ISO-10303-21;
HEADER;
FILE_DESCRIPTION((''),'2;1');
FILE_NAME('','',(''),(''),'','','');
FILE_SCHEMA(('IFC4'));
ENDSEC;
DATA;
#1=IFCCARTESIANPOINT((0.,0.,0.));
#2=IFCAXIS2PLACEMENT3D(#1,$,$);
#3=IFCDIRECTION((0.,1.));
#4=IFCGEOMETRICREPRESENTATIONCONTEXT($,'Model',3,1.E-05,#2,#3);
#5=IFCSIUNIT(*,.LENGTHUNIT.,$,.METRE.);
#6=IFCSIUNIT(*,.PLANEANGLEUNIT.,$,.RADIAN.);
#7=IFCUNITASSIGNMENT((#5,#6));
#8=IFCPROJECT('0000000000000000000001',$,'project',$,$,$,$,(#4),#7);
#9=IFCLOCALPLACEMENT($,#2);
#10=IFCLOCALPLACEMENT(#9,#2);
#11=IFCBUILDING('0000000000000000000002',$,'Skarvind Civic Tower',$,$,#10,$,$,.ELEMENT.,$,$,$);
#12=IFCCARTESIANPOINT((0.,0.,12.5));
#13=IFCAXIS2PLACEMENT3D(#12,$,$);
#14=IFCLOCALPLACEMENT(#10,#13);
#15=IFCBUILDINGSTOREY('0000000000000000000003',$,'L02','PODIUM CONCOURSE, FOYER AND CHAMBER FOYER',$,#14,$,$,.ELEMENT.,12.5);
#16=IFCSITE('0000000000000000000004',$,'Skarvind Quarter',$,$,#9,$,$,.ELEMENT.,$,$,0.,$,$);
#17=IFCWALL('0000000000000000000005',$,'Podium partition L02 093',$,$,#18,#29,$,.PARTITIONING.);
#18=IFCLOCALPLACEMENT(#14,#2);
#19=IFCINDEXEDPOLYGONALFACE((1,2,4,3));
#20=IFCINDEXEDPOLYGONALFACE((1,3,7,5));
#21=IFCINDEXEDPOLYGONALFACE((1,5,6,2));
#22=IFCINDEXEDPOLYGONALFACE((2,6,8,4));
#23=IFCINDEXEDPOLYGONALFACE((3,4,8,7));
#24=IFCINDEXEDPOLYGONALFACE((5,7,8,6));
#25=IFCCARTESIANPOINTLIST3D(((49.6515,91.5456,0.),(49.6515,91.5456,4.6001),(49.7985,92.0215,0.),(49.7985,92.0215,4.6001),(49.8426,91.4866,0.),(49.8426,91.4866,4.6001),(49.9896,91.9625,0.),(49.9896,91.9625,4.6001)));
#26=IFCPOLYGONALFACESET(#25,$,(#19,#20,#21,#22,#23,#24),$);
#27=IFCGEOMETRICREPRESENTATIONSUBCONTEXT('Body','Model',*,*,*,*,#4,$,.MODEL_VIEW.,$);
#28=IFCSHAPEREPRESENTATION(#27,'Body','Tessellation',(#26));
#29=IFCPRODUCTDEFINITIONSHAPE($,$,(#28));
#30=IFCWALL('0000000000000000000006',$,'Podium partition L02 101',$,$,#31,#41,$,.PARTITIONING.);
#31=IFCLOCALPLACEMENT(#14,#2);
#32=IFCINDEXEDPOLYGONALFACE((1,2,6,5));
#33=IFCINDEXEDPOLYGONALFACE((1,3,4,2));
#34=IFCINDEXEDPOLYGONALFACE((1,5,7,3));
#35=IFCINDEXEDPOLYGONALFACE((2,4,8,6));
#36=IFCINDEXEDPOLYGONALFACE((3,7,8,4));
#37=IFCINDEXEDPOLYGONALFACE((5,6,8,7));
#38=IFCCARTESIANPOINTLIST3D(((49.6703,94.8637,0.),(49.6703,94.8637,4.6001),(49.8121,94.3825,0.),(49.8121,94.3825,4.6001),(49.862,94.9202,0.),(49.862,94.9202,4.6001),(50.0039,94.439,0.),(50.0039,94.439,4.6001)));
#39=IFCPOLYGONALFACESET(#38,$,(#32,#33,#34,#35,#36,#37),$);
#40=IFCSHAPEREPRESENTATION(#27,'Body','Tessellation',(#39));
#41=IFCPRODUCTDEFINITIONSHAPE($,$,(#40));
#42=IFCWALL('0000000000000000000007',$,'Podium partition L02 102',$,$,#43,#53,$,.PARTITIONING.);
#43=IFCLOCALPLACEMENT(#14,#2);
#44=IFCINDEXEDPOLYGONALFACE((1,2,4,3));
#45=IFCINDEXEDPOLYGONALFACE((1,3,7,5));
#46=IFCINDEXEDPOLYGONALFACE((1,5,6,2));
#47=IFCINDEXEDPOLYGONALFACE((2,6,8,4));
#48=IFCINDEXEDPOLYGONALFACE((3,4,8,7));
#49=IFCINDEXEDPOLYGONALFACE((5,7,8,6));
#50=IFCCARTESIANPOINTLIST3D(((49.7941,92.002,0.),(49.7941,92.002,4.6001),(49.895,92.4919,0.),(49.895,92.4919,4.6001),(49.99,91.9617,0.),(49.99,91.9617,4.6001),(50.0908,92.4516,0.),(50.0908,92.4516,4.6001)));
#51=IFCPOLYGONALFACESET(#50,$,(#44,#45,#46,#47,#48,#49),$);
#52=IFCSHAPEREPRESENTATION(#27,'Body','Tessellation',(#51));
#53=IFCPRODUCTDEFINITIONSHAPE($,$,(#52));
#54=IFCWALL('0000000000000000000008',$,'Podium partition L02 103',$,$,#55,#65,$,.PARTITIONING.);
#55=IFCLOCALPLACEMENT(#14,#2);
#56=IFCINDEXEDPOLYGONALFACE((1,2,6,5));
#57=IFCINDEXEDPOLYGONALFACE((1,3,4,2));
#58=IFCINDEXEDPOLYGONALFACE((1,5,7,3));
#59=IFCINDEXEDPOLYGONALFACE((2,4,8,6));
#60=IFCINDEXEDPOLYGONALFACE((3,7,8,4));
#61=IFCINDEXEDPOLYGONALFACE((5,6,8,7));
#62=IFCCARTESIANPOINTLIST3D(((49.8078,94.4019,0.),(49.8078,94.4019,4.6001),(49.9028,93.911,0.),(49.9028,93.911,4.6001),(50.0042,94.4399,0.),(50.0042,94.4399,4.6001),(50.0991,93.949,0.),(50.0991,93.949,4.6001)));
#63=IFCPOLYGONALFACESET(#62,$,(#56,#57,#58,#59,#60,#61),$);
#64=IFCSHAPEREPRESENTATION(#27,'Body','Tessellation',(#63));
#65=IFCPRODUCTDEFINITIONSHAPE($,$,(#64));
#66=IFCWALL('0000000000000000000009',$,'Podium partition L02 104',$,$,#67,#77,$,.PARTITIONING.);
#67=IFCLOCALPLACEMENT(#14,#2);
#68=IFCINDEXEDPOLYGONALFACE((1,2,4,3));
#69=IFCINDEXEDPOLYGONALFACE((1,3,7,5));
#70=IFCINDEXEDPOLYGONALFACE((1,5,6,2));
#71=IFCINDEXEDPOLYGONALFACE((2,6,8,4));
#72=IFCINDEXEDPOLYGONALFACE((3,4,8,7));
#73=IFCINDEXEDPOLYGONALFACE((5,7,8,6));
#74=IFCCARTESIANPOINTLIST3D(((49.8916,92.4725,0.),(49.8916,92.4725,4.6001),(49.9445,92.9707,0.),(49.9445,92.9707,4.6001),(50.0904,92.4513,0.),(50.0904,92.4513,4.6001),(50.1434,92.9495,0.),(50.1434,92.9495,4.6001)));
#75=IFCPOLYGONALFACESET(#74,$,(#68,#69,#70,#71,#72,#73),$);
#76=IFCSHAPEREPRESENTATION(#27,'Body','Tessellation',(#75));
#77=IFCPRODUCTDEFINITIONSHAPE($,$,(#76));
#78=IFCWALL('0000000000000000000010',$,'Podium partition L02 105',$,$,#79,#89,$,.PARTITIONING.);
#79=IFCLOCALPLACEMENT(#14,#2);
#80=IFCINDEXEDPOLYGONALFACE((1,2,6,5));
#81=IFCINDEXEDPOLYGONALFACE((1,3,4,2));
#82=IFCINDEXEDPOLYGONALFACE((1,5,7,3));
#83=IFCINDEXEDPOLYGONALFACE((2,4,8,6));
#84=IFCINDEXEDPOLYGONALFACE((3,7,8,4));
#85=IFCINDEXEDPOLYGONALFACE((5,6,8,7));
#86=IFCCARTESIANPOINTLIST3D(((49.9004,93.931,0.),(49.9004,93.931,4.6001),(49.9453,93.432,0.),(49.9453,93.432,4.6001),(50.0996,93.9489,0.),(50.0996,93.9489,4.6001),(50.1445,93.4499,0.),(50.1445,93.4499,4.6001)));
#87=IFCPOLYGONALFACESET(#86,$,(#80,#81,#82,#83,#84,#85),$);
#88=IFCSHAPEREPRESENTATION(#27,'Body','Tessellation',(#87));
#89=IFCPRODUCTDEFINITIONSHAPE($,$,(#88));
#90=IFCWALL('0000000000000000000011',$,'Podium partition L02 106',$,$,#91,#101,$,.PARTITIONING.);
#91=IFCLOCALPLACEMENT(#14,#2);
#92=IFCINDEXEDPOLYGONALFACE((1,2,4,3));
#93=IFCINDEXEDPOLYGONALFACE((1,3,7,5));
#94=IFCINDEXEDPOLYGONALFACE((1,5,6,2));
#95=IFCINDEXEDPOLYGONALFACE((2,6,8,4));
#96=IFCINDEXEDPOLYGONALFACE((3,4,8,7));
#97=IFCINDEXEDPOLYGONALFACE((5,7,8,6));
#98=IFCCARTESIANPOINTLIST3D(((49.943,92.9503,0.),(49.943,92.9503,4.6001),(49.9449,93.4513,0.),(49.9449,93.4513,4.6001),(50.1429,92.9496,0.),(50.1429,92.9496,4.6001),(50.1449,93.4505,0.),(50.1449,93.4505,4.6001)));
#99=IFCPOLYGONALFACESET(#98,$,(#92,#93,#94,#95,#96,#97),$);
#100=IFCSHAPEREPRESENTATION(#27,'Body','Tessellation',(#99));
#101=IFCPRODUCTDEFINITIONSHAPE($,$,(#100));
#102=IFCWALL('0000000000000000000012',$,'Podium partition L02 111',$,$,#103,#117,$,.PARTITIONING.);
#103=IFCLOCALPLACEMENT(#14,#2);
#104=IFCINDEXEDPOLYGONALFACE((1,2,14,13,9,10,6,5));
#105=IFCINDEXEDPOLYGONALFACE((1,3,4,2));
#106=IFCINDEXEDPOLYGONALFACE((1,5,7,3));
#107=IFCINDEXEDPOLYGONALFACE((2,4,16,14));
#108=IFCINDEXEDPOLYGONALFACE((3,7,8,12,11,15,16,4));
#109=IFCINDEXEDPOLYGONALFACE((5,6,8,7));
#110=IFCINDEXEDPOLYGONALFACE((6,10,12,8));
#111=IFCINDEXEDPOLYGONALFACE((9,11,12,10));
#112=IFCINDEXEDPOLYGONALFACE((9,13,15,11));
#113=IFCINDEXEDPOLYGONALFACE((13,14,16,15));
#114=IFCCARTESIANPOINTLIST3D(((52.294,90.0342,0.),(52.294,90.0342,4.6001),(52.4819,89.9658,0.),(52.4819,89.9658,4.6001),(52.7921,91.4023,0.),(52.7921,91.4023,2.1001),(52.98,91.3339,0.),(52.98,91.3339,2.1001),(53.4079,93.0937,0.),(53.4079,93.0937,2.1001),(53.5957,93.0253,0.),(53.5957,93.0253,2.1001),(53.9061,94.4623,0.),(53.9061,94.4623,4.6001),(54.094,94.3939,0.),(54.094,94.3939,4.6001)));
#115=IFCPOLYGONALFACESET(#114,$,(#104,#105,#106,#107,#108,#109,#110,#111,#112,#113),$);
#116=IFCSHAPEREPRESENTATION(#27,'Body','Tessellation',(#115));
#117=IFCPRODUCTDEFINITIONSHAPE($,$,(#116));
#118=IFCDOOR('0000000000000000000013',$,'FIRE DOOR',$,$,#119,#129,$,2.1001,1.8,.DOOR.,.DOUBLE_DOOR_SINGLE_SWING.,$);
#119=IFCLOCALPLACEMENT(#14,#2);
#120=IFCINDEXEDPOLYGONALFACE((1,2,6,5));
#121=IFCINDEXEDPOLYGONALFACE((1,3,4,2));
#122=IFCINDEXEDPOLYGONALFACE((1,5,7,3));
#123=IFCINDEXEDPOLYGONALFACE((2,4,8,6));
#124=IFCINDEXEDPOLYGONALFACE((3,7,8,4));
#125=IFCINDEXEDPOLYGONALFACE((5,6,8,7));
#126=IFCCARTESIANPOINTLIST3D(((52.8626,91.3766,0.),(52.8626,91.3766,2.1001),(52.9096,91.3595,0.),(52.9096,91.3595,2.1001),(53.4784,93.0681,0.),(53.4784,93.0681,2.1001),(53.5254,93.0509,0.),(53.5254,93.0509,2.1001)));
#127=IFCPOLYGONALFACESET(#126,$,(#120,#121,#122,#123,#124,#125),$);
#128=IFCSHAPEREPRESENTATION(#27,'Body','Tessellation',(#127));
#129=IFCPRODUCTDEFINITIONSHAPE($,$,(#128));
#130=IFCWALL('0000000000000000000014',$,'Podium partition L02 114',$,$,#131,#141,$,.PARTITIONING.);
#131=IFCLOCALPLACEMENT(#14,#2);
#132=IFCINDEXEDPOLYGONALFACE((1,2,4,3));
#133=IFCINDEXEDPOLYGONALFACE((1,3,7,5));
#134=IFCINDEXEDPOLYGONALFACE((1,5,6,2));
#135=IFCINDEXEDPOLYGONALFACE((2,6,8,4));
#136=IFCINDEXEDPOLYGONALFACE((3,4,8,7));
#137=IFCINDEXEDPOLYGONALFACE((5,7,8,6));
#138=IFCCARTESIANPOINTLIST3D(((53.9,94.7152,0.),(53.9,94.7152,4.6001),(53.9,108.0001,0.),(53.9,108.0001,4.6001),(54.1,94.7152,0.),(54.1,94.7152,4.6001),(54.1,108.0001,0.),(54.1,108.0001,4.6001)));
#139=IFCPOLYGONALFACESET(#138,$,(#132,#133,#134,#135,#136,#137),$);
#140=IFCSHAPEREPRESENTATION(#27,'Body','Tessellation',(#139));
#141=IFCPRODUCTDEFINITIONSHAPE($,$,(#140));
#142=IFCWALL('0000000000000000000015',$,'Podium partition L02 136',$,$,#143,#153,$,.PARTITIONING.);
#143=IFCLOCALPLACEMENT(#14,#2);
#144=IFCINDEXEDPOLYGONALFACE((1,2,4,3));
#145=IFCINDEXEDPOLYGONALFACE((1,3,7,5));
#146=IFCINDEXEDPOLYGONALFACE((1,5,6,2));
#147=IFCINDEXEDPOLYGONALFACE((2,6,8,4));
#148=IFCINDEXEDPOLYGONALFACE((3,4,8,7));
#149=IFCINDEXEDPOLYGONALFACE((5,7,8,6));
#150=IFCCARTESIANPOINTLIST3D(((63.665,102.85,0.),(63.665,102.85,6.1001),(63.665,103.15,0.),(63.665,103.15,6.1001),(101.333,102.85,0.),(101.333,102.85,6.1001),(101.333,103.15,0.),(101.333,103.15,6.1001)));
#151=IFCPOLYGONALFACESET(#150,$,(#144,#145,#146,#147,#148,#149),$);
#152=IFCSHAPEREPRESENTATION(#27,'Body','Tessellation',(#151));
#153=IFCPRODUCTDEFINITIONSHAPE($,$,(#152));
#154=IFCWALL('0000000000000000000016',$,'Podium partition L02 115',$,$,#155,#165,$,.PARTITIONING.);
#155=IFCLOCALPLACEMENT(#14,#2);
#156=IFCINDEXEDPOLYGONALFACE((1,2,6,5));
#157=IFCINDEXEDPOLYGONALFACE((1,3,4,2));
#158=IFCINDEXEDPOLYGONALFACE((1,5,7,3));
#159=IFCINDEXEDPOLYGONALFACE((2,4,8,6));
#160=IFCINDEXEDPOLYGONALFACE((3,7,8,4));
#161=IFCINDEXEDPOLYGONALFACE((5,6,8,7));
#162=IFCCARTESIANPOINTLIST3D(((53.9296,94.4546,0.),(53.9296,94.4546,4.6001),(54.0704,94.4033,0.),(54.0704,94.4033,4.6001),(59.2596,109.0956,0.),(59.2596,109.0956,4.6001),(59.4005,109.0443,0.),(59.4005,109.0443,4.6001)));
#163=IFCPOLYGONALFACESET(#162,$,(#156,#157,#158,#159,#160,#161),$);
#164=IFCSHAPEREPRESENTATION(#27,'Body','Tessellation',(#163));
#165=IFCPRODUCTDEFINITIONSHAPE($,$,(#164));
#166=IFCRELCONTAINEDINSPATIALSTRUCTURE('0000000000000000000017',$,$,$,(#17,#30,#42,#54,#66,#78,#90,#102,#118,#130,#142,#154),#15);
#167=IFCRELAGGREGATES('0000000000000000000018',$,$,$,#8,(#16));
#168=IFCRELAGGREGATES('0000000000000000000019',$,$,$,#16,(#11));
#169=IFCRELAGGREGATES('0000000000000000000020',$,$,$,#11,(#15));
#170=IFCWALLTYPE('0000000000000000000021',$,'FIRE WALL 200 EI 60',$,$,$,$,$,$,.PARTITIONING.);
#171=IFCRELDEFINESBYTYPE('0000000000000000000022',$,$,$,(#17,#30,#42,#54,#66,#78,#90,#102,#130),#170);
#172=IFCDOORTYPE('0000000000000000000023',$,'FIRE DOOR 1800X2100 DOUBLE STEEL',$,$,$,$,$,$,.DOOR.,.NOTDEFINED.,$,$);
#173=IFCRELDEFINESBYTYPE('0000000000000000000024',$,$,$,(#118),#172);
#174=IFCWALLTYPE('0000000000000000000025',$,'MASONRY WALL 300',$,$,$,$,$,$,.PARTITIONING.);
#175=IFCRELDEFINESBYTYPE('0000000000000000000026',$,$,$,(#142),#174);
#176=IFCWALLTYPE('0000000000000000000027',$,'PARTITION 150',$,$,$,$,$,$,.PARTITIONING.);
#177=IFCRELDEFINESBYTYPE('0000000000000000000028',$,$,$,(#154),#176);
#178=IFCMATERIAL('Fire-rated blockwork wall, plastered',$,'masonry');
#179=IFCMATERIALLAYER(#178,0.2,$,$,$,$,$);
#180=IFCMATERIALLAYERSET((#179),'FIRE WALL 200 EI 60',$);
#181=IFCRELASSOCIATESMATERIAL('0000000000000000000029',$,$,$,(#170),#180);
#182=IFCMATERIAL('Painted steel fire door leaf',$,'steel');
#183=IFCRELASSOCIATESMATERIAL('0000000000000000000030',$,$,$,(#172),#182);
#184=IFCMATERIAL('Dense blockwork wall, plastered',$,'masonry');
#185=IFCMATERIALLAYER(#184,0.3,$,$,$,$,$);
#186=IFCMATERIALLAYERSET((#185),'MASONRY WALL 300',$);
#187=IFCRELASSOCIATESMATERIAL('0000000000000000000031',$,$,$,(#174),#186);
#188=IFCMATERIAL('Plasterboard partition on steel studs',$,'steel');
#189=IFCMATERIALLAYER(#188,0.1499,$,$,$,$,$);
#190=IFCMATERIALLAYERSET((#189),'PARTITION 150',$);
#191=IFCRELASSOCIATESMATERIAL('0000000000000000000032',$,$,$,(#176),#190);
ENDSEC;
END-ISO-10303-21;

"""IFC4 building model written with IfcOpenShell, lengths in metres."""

from ifc_helpers import new_model, si_unit, direction, frame, frame_2d, origin, place, context, subcontext, project, spatial, rectangle, extrude, material, layer, layer_set, type_object, element, fill, save


model = new_model("IFC4")

# Units and contexts
model_context = context("Model", 3, precision=1e-05, world=origin(), true_north=direction((0.0, 1.0)))
body_context = subcontext(model_context, "Body", "Model", "MODEL_VIEW")
ifc_project = project(units=[si_unit("LENGTHUNIT", "METRE"), si_unit("PLANEANGLEUNIT", "RADIAN")], contexts=[model_context])

# Site, building, storey
site_placement = place(None, origin())
site = spatial("IfcSite", under=ifc_project, at=site_placement, Name="Skarvind Quarter", CompositionType="ELEMENT", RefElevation=0.0)
building_placement = place(site_placement, origin())
building = spatial("IfcBuilding", under=site, at=building_placement, Name="Skarvind Civic Tower", CompositionType="ELEMENT")
storey_placement = place(building_placement, frame((0.0, 0.0, 12.5)))
storey = spatial("IfcBuildingStorey", under=building, at=storey_placement, Name="L02", Description="PODIUM CONCOURSE, FOYER AND CHAMBER FOYER", CompositionType="ELEMENT", Elevation=12.5)

# Walls
ifc_material_1 = material(Name="Fire-rated blockwork wall, plastered", Category="masonry")
ifc_layer_1 = layer(ifc_material_1, 0.2)
ifc_layer_set_1 = layer_set([ifc_layer_1], Name="FIRE WALL 200 EI 60")
wall_type_1 = type_object("IfcWallType", Name="FIRE WALL 200 EI 60", PredefinedType="PARTITIONING", material=ifc_layer_set_1)
wall_1_placement = place(storey_placement, frame((49.7471, 91.5161, 0.0), z_axis=(0.0, 0.0, 1.0), x_axis=(0.295119, 0.95546, 0.0)))
element("IfcWall", 1, at=wall_1_placement, inside=storey, type_object=wall_type_1, Name="Podium partition L02 093", PredefinedType="PARTITIONING", context=body_context, shape_type="SweptSolid", body=[
    extrude(rectangle(XDim=0.498, YDim=0.2, at=frame_2d((0.249, 0.0))), origin(), (0.0, 0.0, 1.0), 4.6001),
])
wall_2_placement = place(storey_placement, frame((49.7661, 94.8921, 0.0), z_axis=(0.0, 0.0, 1.0), x_axis=(0.282746, -0.959195, 0.0)))
element("IfcWall", 2, at=wall_2_placement, inside=storey, type_object=wall_type_1, Name="Podium partition L02 101", PredefinedType="PARTITIONING", context=body_context, shape_type="SweptSolid", body=[
    extrude(rectangle(XDim=0.5017, YDim=0.2, at=frame_2d((0.251, 0.0))), origin(), (0.0, 0.0, 1.0), 4.6001),
])
wall_3_placement = place(storey_placement, frame((49.8921, 91.9819, 0.0), z_axis=(0.0, 0.0, 1.0), x_axis=(0.201557, 0.979477, 0.0)))
element("IfcWall", 3, at=wall_3_placement, inside=storey, type_object=wall_type_1, Name="Podium partition L02 102", PredefinedType="PARTITIONING", context=body_context, shape_type="SweptSolid", body=[
    extrude(rectangle(XDim=0.5002, YDim=0.2, at=frame_2d((0.25, 0.0))), origin(), (0.0, 0.0, 1.0), 4.6001),
])
wall_4_placement = place(storey_placement, frame((49.906, 94.4209, 0.0), z_axis=(0.0, 0.0, 1.0), x_axis=(0.189916, -0.9818, 0.0)))
element("IfcWall", 4, at=wall_4_placement, inside=storey, type_object=wall_type_1, Name="Podium partition L02 103", PredefinedType="PARTITIONING", context=body_context, shape_type="SweptSolid", body=[
    extrude(rectangle(XDim=0.5, YDim=0.2, at=frame_2d((0.25, 0.0))), origin(), (0.0, 0.0, 1.0), 4.6001),
])
for number, where, z_axis, x_axis, name in (
    (5, (49.991, 92.4619, 0.0), (0.0, 0.0, 1.0), (0.105776, 0.99439, 0.0), "Podium partition L02 104"),
    (6, (50.0, 93.9399, 0.0), (0.0, 0.0, 1.0), (0.089657, -0.995973, 0.0), "Podium partition L02 105"),
    (7, (50.043, 92.95, 0.0), (0.0, 0.0, 1.0), (0.003899, 0.999992, 0.0), "Podium partition L02 106"),
):
    element("IfcWall", number, at=place(storey_placement, frame(where, z_axis=z_axis, x_axis=x_axis)), inside=storey, type_object=wall_type_1, Name=name, PredefinedType="PARTITIONING", context=body_context, shape_type="SweptSolid", body=[
        extrude(rectangle(XDim=0.501, YDim=0.2, at=frame_2d((0.2505, 0.0))), origin(), (0.0, 0.0, 1.0), 4.6001),
    ])

# Wall, opening, door
wall_5_placement = place(storey_placement, frame((52.3879, 90.0, 0.0), z_axis=(0.0, 0.0, 1.0), x_axis=(0.342097, 0.939665, 0.0)))
wall_5 = element("IfcWall", 8, at=wall_5_placement, inside=storey, type_object=wall_type_1, Name="Podium partition L02 111", PredefinedType="PARTITIONING", context=body_context, shape_type="SweptSolid", body=[
    extrude(rectangle(XDim=4.7124, YDim=0.2, at=frame_2d((2.3562, 0.0))), origin(), (0.0, 0.0, 1.0), 4.6001),
])
opening_1_placement = place(wall_5_placement, frame((1.4561, 0.0, 0.0)))
opening_1 = element("IfcOpeningElement", 9, at=opening_1_placement, cuts=wall_5, PredefinedType="OPENING", context=body_context, shape_type="SweptSolid", body=[
    extrude(rectangle(XDim=1.8, YDim=2.1001, at=frame_2d((0.8999, 1.05))), frame((0.0, 0.1099, 0.0), z_axis=(0.0, -1.0, 0.0), x_axis=(1.0, 0.0, 0.0)), (0.0, 0.0, 1.0), 0.22),
])
ifc_material_2 = material(Name="Painted steel fire door leaf", Category="steel")
door_type = type_object("IfcDoorType", Name="FIRE DOOR 1800X2100 DOUBLE STEEL", OperationType="NOTDEFINED", PredefinedType="DOOR", material=ifc_material_2)
door_placement = place(opening_1_placement, origin())
door = element("IfcDoor", 10, at=door_placement, inside=storey, type_object=door_type, Name="FIRE DOOR", OperationType="DOUBLE_DOOR_SINGLE_SWING", OverallHeight=2.1001, OverallWidth=1.8, PredefinedType="DOOR", context=body_context, shape_type="SweptSolid", body=[
    extrude(rectangle(XDim=1.8, YDim=2.1001, at=frame_2d((0.8999, 1.05))), frame((0.0, 0.0249, 0.0), z_axis=(0.0, -1.0, 0.0), x_axis=(1.0, 0.0, 0.0)), (0.0, 0.0, 1.0), 0.05),
])
fill(opening_1, door)

# Walls
wall_6_placement = place(storey_placement, frame((54.0, 94.7151, 0.0), z_axis=(0.0, 0.0, 1.0), x_axis=(0.0, 1.0, 0.0)))
element("IfcWall", 11, at=wall_6_placement, inside=storey, type_object=wall_type_1, Name="Podium partition L02 114", PredefinedType="PARTITIONING", context=body_context, shape_type="SweptSolid", body=[
    extrude(rectangle(XDim=13.2849, YDim=0.2, at=frame_2d((6.6426, 0.0))), origin(), (0.0, 0.0, 1.0), 4.6001),
])
ifc_material_3 = material(Name="Dense blockwork wall, plastered", Category="masonry")
ifc_layer_2 = layer(ifc_material_3, 0.3)
ifc_layer_set_2 = layer_set([ifc_layer_2], Name="MASONRY WALL 300")
wall_type_2 = type_object("IfcWallType", Name="MASONRY WALL 300", PredefinedType="PARTITIONING", material=ifc_layer_set_2)
wall_7_placement = place(storey_placement, frame((63.665, 103.0, 0.0), z_axis=(0.0, 0.0, 1.0), x_axis=(1.0, 0.0, 0.0)))
element("IfcWall", 12, at=wall_7_placement, inside=storey, type_object=wall_type_2, Name="Podium partition L02 136", PredefinedType="PARTITIONING", context=body_context, shape_type="SweptSolid", body=[
    extrude(rectangle(XDim=37.668, YDim=0.3, at=frame_2d((18.834, 0.0))), origin(), (0.0, 0.0, 1.0), 6.1001),
])
ifc_material_4 = material(Name="Plasterboard partition on steel studs", Category="steel")
ifc_layer_3 = layer(ifc_material_4, 0.1499)
ifc_layer_set_3 = layer_set([ifc_layer_3], Name="PARTITION 150")
wall_type_3 = type_object("IfcWallType", Name="PARTITION 150", PredefinedType="PARTITIONING", material=ifc_layer_set_3)
wall_8_placement = place(storey_placement, frame((54.0, 94.429, 0.0), z_axis=(0.0, 0.0, 1.0), x_axis=(0.342085, 0.939669, 0.0)))
element("IfcWall", 13, at=wall_8_placement, inside=storey, type_object=wall_type_3, Name="Podium partition L02 115", PredefinedType="PARTITIONING", context=body_context, shape_type="SweptSolid", body=[
    extrude(rectangle(XDim=15.5811, YDim=0.1499, at=frame_2d((7.7905, 0.0))), origin(), (0.0, 0.0, 1.0), 4.6001),
])

save(model, "model.ifc")
